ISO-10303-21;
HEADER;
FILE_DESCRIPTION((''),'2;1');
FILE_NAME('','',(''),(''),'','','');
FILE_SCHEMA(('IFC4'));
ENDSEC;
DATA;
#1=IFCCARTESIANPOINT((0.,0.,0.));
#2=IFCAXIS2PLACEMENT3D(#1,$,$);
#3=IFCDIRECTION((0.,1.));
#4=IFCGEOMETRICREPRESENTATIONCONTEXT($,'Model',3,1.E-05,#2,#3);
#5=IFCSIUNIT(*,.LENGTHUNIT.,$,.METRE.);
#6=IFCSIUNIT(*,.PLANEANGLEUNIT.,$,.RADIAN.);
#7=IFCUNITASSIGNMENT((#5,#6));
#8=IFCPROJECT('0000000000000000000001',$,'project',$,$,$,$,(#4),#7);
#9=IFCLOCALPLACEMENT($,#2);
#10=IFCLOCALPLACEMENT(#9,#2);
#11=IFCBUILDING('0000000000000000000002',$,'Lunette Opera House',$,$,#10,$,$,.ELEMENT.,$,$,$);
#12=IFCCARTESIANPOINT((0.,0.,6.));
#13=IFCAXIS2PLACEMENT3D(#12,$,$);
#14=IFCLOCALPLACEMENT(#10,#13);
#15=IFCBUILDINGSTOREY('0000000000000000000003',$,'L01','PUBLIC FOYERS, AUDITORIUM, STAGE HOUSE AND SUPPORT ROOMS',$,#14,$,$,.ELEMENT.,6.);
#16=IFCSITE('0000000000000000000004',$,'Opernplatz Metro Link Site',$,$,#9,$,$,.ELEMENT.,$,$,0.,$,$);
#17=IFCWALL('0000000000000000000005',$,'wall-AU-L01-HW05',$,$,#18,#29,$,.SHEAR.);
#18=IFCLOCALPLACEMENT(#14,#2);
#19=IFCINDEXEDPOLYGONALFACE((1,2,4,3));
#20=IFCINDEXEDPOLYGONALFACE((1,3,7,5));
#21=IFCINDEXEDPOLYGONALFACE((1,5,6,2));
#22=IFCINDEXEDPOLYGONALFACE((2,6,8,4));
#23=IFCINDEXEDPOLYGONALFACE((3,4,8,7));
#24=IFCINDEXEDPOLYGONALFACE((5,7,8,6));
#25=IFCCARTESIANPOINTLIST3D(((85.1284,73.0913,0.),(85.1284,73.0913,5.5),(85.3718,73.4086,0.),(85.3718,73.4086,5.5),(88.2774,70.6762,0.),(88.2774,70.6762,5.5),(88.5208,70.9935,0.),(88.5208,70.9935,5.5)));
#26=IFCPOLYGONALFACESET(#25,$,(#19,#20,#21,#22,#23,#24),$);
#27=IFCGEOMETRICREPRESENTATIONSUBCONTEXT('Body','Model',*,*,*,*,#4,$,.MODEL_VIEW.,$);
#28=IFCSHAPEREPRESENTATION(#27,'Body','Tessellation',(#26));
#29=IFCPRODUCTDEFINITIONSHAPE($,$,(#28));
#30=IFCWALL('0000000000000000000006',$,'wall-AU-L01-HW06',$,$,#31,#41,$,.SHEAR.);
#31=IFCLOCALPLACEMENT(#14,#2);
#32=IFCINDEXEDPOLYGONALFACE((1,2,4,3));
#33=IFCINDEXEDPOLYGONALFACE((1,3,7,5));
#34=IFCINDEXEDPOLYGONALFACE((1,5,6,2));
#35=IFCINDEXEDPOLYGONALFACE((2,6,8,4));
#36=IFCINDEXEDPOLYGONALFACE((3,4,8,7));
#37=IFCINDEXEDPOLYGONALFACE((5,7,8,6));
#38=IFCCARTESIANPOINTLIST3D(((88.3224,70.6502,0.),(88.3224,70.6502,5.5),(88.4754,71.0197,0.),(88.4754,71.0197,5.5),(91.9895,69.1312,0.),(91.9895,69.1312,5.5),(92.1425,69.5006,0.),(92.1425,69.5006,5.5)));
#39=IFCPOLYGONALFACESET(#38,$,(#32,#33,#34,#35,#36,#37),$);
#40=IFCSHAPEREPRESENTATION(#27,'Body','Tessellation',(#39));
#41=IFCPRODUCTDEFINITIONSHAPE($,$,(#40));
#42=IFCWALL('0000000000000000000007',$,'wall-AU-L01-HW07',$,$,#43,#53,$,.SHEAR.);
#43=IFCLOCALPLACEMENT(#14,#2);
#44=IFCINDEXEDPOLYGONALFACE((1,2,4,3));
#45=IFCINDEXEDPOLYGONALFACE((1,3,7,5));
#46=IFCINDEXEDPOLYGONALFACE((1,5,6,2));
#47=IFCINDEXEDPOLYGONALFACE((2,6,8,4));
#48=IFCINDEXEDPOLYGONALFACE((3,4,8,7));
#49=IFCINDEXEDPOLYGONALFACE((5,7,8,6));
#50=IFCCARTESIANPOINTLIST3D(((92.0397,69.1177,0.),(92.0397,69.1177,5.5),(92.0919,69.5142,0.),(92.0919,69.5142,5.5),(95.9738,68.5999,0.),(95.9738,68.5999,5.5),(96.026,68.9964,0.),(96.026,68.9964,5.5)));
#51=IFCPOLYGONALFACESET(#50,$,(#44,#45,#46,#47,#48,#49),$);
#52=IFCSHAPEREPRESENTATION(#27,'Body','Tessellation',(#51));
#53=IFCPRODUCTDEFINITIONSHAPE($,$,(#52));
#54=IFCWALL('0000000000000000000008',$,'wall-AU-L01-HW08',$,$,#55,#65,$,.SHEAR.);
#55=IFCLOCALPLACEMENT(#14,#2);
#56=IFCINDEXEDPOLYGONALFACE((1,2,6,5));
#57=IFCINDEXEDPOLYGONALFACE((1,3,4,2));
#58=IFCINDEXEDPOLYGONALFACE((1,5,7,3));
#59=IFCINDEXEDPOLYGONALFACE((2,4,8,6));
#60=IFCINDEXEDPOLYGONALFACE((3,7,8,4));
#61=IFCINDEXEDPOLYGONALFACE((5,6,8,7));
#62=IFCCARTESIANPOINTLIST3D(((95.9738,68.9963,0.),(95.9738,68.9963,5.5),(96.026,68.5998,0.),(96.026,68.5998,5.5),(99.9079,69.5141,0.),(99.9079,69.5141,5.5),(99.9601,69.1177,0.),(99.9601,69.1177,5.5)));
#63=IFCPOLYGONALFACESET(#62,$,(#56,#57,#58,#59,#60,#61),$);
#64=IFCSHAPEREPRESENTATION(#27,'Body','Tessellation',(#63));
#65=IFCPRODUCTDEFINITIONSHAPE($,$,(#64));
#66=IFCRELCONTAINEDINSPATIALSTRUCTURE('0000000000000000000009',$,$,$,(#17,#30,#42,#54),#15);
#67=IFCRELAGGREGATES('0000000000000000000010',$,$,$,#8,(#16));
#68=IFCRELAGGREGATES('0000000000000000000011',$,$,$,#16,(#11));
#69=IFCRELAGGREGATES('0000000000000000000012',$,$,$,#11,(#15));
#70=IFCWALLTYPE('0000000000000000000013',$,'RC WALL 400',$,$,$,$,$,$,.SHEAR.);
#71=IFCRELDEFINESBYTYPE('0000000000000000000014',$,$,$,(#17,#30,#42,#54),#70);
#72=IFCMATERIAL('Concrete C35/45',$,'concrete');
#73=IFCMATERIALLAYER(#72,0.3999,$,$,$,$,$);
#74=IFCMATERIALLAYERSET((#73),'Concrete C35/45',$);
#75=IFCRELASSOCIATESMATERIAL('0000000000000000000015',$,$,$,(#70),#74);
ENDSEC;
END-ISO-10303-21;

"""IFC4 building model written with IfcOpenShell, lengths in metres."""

from ifc_helpers import new_model, si_unit, direction, frame, frame_2d, origin, place, context, subcontext, project, spatial, rectangle, extrude, material, layer, layer_set, type_object, element, save


model = new_model("IFC4")

# Units and contexts
model_context = context("Model", 3, precision=1e-05, world=origin(), true_north=direction((0.0, 1.0)))
body_context = subcontext(model_context, "Body", "Model", "MODEL_VIEW")
ifc_project = project(units=[si_unit("LENGTHUNIT", "METRE"), si_unit("PLANEANGLEUNIT", "RADIAN")], contexts=[model_context])

# Site, building, storey
site_placement = place(None, origin())
site = spatial("IfcSite", under=ifc_project, at=site_placement, Name="Opernplatz Metro Link Site", CompositionType="ELEMENT", RefElevation=0.0)
building_placement = place(site_placement, origin())
building = spatial("IfcBuilding", under=site, at=building_placement, Name="Lunette Opera House", CompositionType="ELEMENT")
storey_placement = place(building_placement, frame((0.0, 0.0, 6.0)))
storey = spatial("IfcBuildingStorey", under=building, at=storey_placement, Name="L01", Description="PUBLIC FOYERS, AUDITORIUM, STAGE HOUSE AND SUPPORT ROOMS", CompositionType="ELEMENT", Elevation=6.0)

# Walls
ifc_material_1 = material(Name="Concrete C35/45", Category="concrete")
ifc_layer_1 = layer(ifc_material_1, 0.3999)
ifc_layer_set_1 = layer_set([ifc_layer_1], Name="Concrete C35/45")
wall_type_1 = type_object("IfcWallType", Name="RC WALL 400", PredefinedType="SHEAR", material=ifc_layer_set_1)
for number, where, z_axis, x_axis, name in (
    (1, (85.25, 73.25, 0.0), (0.0, 0.0, 1.0), (0.793501, -0.608568, 0.0), "wall-AU-L01-HW05"),
):
    element("IfcWall", number, at=place(storey_placement, frame(where, z_axis=z_axis, x_axis=x_axis)), inside=storey, type_object=wall_type_1, Name=name, PredefinedType="SHEAR", context=body_context, shape_type="SweptSolid", body=[
        extrude(rectangle(XDim=3.9685, YDim=0.3999, at=frame_2d((1.9844, 0.0))), origin(), (0.0, 0.0, 1.0), 5.5),
    ])
wall_1_placement = place(storey_placement, frame((88.3989, 70.835, 0.0), z_axis=(0.0, 0.0, 1.0), x_axis=(0.923868, -0.38271, 0.0)))
element("IfcWall", 2, at=wall_1_placement, inside=storey, type_object=wall_type_1, Name="wall-AU-L01-HW06", PredefinedType="SHEAR", context=body_context, shape_type="SweptSolid", body=[
    extrude(rectangle(XDim=3.9692, YDim=0.3999, at=frame_2d((1.9846, 0.0))), origin(), (0.0, 0.0, 1.0), 5.5),
])
for number, where, z_axis, x_axis, name in (
    (3, (92.0659, 69.3159, 0.0), (0.0, 0.0, 1.0), (0.991448, -0.130499, 0.0), "wall-AU-L01-HW07"),
    (4, (96.0, 68.7981, 0.0), (0.0, 0.0, 1.0), (0.991448, 0.130499, 0.0), "wall-AU-L01-HW08"),
):
    element("IfcWall", number, at=place(storey_placement, frame(where, z_axis=z_axis, x_axis=x_axis)), inside=storey, type_object=wall_type_1, Name=name, PredefinedType="SHEAR", context=body_context, shape_type="SweptSolid", body=[
        extrude(rectangle(XDim=3.968, YDim=0.3999, at=frame_2d((1.9839, 0.0))), origin(), (0.0, 0.0, 1.0), 5.5),
    ])

save(model, "model.ifc")
